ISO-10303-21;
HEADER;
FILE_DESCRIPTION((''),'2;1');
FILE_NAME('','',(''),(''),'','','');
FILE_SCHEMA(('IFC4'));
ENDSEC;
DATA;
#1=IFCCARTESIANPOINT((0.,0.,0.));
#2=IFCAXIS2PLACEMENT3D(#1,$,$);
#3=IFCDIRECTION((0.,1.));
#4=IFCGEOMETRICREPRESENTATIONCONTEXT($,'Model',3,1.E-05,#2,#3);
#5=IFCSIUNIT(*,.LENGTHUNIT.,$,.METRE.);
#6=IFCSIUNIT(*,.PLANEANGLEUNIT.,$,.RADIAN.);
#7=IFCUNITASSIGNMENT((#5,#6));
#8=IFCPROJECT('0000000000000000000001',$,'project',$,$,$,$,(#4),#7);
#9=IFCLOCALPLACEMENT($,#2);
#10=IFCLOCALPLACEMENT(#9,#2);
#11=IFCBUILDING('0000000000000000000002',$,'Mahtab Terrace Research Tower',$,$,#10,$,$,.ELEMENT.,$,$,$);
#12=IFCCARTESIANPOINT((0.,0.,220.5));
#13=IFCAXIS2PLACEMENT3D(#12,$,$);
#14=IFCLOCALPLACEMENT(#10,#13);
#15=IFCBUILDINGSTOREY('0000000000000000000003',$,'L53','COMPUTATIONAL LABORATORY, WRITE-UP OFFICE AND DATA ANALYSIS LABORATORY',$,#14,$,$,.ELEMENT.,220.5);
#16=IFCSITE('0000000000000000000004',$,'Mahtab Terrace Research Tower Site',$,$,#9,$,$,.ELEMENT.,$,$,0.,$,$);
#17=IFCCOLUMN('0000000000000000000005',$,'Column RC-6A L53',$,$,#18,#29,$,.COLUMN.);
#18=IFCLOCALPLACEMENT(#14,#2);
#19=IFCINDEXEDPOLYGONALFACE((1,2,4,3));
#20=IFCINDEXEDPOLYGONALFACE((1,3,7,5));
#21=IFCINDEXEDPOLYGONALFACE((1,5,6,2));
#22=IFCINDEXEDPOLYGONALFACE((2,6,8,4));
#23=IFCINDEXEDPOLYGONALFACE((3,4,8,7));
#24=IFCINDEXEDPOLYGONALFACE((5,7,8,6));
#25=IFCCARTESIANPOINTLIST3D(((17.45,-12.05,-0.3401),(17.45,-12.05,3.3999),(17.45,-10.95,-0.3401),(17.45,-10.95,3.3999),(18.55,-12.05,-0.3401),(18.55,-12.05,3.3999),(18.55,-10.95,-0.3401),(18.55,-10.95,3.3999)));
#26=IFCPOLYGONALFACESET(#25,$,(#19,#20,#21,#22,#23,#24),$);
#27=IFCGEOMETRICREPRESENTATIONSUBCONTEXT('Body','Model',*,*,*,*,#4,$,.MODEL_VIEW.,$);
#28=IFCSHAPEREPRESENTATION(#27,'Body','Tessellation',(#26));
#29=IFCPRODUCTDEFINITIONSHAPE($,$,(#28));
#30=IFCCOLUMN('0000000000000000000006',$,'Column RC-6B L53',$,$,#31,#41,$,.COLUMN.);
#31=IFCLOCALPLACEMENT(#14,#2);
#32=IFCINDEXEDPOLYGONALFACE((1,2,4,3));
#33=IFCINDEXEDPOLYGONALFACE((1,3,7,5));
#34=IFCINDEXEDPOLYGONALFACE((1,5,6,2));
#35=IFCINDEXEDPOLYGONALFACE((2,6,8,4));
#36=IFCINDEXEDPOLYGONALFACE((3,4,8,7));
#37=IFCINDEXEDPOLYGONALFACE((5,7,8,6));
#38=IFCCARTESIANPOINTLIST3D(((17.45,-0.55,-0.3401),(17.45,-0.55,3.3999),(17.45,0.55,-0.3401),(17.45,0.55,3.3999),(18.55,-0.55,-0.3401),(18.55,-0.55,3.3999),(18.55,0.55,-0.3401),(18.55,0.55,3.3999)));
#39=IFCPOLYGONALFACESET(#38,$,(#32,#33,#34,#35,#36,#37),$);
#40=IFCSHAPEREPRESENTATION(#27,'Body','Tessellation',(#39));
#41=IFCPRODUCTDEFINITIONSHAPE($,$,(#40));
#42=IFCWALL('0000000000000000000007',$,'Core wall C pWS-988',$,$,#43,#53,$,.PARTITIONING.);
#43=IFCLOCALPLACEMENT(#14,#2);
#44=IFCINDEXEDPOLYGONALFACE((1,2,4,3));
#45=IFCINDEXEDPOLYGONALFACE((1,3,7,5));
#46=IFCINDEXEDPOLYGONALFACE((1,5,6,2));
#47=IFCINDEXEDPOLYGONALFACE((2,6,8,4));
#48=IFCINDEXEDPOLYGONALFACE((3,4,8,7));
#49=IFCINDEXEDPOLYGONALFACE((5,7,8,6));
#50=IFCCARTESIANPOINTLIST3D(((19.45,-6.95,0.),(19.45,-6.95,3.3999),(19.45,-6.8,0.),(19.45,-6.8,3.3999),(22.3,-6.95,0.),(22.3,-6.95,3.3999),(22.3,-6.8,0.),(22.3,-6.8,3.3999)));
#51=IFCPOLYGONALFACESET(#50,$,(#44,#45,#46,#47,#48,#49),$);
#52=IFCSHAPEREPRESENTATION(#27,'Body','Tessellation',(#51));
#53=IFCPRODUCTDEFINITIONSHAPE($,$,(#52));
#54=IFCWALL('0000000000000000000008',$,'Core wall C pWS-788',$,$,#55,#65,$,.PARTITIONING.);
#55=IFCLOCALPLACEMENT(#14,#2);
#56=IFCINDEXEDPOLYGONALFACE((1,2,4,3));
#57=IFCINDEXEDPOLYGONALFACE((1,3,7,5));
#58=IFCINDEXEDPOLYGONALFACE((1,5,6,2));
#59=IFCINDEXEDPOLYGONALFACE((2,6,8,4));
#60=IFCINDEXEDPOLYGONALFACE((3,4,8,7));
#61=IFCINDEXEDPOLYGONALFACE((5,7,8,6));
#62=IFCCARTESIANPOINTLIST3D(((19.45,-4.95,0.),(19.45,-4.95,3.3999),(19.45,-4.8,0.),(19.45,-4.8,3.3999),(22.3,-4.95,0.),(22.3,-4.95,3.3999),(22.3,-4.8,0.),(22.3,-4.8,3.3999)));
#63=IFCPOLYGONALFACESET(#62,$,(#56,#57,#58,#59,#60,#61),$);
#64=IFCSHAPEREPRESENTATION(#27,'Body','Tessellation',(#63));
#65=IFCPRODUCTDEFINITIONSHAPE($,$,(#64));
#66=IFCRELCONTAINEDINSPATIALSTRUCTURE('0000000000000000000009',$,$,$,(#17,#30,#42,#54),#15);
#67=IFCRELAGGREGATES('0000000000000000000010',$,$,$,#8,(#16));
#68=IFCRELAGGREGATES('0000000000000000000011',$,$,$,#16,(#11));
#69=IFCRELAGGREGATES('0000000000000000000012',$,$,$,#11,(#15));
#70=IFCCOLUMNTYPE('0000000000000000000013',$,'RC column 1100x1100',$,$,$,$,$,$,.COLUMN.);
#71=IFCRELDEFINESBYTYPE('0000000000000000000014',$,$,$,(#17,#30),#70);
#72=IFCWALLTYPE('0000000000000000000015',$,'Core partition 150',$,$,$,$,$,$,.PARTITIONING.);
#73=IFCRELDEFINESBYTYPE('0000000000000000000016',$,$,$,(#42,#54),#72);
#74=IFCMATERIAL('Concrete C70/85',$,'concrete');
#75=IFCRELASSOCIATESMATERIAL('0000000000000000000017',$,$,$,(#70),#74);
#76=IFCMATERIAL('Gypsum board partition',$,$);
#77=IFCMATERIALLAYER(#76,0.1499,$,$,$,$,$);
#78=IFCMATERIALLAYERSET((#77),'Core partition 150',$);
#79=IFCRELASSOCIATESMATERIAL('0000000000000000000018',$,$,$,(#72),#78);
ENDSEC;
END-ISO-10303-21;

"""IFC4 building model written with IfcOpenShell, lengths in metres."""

from ifc_helpers import new_model, si_unit, direction, frame, frame_2d, origin, origin_2d, place, context, subcontext, project, spatial, rectangle, extrude, material, layer, layer_set, material_profile, profile_set, type_object, element, save


model = new_model("IFC4")

# Units and contexts
model_context = context("Model", 3, precision=1e-05, world=origin(), true_north=direction((0.0, 1.0)))
body_context = subcontext(model_context, "Body", "Model", "MODEL_VIEW")
ifc_project = project(units=[si_unit("LENGTHUNIT", "METRE"), si_unit("PLANEANGLEUNIT", "RADIAN")], contexts=[model_context])

# Site, building, storey
site_placement = place(None, origin())
site = spatial("IfcSite", under=ifc_project, at=site_placement, Name="Mahtab Terrace Research Tower Site", CompositionType="ELEMENT", RefElevation=0.0)
building_placement = place(site_placement, origin())
building = spatial("IfcBuilding", under=site, at=building_placement, Name="Mahtab Terrace Research Tower", CompositionType="ELEMENT")
storey_placement = place(building_placement, frame((0.0, 0.0, 220.5)))
storey = spatial("IfcBuildingStorey", under=building, at=storey_placement, Name="L53", Description="COMPUTATIONAL LABORATORY, WRITE-UP OFFICE AND DATA ANALYSIS LABORATORY", CompositionType="ELEMENT", Elevation=220.5)

# Columns
ifc_material_1 = material(Name="Concrete C70/85", Category="concrete")
ifc_material_profile = material_profile(ifc_material_1, rectangle(XDim=1.1001, YDim=1.1001, at=origin_2d()), Name="RC column 1100x1100")
ifc_profile_set = profile_set([ifc_material_profile], Name="Concrete C70/85")
column_type = type_object("IfcColumnType", Name="RC column 1100x1100", PredefinedType="COLUMN", material=ifc_profile_set)
for number, where, z_axis, x_axis, name in (
    (1, (18.0, -11.5, -0.3401), (0.0, 0.0, 1.0), (1.0, 0.0, 0.0), "Column RC-6A L53"),
    (2, (18.0, 0.0, -0.3401), (0.0, 0.0, 1.0), (1.0, 0.0, 0.0), "Column RC-6B L53"),
):
    element("IfcColumn", number, at=place(storey_placement, frame(where, z_axis=z_axis, x_axis=x_axis)), inside=storey, type_object=column_type, Name=name, PredefinedType="COLUMN", context=body_context, shape_type="SweptSolid", body=[
        extrude(rectangle(XDim=1.1001, YDim=1.1001, at=origin_2d()), origin(), (0.0, 0.0, 1.0), 3.74),
    ])

# Walls
ifc_material_2 = material(Name="Gypsum board partition")
ifc_layer_1 = layer(ifc_material_2, 0.1499)
ifc_layer_set_1 = layer_set([ifc_layer_1], Name="Core partition 150")
wall_type_1 = type_object("IfcWallType", Name="Core partition 150", PredefinedType="PARTITIONING", material=ifc_layer_set_1)
for number, where, z_axis, x_axis, name in (
    (3, (19.45, -6.875, 0.0), (0.0, 0.0, 1.0), (1.0, 0.0, 0.0), "Core wall C pWS-988"),
    (4, (19.45, -4.875, 0.0), (0.0, 0.0, 1.0), (1.0, 0.0, 0.0), "Core wall C pWS-788"),
):
    element("IfcWall", number, at=place(storey_placement, frame(where, z_axis=z_axis, x_axis=x_axis)), inside=storey, type_object=wall_type_1, Name=name, PredefinedType="PARTITIONING", context=body_context, shape_type="SweptSolid", body=[
        extrude(rectangle(XDim=2.8501, YDim=0.1499, at=frame_2d((1.425, 0.0))), origin(), (0.0, 0.0, 1.0), 3.3999),
    ])

save(model, "model.ifc")
